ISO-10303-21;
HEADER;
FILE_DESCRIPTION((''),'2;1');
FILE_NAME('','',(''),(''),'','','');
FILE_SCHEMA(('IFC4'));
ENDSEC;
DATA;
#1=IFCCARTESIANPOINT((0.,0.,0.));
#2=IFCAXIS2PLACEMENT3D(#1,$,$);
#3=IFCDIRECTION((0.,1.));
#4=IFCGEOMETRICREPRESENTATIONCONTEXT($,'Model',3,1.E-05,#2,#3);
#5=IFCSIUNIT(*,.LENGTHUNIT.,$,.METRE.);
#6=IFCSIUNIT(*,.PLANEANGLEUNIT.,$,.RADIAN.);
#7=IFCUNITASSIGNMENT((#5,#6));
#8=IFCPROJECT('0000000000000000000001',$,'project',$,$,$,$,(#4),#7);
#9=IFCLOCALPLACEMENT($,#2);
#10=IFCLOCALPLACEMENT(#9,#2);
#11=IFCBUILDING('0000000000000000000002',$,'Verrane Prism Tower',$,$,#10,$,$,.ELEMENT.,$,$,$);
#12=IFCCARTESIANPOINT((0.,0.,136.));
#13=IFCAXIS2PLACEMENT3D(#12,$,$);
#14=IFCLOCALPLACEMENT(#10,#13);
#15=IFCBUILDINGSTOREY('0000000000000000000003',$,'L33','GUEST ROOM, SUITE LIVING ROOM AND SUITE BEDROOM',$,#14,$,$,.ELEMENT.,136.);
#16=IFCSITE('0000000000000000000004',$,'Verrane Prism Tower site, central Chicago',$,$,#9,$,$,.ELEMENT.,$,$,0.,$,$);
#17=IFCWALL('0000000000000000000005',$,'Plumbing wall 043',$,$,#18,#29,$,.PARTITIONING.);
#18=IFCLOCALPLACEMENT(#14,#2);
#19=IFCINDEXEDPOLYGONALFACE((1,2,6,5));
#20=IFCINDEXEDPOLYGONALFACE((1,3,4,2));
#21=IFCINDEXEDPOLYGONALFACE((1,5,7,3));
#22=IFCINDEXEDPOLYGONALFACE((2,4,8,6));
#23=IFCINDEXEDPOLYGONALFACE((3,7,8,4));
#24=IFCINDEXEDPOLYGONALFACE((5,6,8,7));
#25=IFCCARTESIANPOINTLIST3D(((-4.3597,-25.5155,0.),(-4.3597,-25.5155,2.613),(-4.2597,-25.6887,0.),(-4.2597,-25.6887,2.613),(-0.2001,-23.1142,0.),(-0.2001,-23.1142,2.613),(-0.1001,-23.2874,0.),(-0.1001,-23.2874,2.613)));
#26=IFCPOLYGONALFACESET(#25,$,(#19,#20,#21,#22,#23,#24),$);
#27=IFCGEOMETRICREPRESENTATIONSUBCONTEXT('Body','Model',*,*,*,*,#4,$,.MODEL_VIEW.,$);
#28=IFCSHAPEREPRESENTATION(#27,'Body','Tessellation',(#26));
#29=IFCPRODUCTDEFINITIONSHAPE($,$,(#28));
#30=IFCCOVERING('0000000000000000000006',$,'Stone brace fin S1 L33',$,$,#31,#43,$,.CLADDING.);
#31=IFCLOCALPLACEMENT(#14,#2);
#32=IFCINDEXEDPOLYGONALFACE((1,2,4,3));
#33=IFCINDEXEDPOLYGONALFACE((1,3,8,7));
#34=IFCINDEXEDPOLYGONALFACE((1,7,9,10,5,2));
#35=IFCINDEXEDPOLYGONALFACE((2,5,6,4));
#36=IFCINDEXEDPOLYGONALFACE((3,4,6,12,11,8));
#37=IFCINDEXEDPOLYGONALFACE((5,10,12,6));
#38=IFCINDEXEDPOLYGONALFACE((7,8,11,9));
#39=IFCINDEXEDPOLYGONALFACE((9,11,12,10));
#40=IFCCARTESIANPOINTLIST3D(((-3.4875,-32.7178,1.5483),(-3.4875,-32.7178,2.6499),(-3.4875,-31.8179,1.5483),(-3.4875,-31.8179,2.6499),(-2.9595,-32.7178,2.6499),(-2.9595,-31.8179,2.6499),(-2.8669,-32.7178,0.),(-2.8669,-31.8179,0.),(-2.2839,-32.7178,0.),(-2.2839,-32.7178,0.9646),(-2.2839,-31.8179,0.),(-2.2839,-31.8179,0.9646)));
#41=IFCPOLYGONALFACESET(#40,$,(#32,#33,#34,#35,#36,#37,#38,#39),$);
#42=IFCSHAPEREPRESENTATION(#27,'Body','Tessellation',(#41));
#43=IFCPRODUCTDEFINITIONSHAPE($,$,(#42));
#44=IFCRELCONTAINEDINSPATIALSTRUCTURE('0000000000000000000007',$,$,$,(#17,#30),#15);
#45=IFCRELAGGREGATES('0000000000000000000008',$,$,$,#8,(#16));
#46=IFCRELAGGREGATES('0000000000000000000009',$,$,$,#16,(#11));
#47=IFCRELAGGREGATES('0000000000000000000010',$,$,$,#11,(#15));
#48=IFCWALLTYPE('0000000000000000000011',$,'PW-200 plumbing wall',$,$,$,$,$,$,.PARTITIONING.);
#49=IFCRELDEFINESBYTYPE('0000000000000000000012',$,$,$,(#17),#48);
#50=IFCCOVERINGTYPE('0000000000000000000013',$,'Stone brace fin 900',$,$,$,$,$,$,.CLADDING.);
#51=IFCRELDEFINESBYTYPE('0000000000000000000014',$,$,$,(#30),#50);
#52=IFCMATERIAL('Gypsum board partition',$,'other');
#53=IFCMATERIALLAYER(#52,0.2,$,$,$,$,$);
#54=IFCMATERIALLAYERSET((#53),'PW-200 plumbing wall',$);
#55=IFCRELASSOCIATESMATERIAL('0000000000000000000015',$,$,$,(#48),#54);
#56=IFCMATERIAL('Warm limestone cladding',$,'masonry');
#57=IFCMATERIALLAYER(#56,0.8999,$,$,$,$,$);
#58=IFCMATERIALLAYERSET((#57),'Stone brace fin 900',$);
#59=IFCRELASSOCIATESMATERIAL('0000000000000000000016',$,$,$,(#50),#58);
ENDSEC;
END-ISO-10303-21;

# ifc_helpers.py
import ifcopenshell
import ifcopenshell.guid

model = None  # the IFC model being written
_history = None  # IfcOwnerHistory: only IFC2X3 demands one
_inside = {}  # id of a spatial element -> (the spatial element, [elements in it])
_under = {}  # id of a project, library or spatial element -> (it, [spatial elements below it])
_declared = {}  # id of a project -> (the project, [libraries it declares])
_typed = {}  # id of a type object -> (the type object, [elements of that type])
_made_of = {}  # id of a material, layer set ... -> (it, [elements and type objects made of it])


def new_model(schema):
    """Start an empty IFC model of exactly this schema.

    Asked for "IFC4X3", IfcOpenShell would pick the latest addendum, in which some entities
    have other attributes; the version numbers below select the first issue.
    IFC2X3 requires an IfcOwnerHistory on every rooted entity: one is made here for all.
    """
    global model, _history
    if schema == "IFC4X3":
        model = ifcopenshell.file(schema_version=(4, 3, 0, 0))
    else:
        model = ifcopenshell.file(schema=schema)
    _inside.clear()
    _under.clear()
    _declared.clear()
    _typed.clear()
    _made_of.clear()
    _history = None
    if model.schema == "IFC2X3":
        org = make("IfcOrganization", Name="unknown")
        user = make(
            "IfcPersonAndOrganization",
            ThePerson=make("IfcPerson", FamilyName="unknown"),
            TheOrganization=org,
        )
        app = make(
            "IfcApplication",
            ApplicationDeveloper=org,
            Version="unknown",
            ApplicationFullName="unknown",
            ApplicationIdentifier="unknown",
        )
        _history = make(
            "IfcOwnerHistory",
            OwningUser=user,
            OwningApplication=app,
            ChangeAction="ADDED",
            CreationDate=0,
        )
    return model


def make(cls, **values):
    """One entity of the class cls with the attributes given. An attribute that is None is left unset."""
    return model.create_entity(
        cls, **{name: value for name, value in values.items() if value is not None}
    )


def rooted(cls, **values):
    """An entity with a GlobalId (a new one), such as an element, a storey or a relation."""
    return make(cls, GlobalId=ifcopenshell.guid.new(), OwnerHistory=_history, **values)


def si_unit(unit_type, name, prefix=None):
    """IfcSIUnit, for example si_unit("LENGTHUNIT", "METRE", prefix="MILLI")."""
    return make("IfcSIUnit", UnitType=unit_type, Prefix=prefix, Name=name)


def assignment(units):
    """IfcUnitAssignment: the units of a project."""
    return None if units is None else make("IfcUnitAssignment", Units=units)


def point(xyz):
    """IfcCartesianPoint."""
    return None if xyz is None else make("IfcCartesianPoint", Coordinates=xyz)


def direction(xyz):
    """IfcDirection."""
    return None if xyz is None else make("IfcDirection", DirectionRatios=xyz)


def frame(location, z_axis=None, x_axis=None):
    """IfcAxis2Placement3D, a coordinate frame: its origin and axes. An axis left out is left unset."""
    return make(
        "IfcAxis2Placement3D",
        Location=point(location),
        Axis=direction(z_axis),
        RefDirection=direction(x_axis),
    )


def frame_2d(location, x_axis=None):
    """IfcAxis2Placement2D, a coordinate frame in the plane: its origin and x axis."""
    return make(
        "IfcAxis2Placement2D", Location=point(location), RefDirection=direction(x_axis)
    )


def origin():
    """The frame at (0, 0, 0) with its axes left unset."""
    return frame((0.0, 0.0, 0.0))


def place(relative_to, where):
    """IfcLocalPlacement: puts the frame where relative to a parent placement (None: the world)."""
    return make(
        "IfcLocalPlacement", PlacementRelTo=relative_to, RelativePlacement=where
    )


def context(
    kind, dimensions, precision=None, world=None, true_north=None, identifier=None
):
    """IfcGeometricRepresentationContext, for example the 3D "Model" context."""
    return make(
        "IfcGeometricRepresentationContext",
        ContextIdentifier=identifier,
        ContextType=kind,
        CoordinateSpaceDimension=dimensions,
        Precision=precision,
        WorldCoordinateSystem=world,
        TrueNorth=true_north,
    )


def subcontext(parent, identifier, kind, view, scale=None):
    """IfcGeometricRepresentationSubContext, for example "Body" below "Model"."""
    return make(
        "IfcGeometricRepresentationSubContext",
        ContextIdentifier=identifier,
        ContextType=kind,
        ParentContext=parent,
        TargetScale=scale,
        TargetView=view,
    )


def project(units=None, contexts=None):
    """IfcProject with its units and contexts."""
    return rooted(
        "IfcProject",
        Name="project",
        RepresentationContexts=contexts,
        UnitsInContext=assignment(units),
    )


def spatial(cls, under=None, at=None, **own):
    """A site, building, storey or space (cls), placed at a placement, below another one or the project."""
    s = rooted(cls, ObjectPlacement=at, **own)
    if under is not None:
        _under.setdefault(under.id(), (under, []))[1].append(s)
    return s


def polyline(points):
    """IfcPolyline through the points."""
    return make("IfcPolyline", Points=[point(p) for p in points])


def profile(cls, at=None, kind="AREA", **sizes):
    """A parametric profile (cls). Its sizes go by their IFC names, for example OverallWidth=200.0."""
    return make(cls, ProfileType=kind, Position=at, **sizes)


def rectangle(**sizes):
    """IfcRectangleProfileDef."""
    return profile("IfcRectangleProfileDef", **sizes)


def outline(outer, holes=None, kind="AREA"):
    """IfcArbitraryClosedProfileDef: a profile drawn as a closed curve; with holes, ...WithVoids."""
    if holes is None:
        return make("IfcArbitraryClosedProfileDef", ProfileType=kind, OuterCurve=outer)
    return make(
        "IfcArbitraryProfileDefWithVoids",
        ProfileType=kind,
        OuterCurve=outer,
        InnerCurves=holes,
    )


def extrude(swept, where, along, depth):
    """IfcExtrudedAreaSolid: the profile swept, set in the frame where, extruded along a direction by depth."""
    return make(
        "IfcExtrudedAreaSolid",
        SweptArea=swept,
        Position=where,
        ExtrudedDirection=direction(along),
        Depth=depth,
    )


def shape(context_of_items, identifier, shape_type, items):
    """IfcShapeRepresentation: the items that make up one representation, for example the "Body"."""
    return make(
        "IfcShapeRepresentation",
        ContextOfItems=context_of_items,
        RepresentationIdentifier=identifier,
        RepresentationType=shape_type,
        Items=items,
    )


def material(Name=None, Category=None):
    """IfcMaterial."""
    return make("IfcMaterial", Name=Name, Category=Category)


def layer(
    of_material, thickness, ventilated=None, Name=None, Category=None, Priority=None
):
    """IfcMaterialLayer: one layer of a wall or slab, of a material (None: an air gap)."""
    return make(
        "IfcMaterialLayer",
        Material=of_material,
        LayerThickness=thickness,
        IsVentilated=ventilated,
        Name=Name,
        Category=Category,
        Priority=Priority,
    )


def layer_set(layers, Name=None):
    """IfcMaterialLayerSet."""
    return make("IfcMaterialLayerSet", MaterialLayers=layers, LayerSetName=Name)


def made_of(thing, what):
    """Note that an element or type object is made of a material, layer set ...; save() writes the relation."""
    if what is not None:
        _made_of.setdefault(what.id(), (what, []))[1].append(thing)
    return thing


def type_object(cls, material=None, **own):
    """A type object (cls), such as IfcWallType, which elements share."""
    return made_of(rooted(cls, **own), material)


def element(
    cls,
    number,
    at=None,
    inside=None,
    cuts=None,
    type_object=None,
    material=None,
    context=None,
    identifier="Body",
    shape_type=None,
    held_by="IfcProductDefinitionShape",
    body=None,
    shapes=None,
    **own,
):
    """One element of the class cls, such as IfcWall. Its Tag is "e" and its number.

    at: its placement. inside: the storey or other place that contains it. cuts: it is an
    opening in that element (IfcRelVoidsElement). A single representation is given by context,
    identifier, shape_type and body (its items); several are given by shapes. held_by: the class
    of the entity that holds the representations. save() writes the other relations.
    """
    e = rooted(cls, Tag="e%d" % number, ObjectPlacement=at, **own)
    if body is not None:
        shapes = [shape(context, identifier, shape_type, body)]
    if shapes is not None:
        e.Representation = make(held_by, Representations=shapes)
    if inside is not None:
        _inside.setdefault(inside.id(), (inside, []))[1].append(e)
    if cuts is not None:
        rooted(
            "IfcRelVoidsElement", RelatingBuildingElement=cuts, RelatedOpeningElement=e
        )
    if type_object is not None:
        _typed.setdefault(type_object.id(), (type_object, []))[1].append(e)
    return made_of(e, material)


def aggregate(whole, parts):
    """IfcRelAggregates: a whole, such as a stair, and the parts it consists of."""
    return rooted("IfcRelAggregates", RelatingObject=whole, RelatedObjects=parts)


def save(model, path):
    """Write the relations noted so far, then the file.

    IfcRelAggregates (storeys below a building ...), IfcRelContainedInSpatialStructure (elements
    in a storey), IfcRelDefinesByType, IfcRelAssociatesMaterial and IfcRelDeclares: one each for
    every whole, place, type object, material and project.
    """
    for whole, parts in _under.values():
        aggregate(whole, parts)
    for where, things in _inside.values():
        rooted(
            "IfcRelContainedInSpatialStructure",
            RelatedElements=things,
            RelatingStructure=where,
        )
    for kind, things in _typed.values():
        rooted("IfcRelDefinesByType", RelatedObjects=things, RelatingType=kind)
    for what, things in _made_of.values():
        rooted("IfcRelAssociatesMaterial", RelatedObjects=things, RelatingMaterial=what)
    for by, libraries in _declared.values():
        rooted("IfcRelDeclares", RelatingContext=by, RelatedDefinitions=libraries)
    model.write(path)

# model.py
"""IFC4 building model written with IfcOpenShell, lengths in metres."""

from ifc_helpers import new_model, si_unit, direction, frame, frame_2d, origin, place, context, subcontext, project, spatial, polyline, rectangle, outline, extrude, material, layer, layer_set, type_object, element, save


model = new_model("IFC4")

# Units and contexts
model_context = context("Model", 3, precision=1e-05, world=origin(), true_north=direction((0.0, 1.0)))
body_context = subcontext(model_context, "Body", "Model", "MODEL_VIEW")
ifc_project = project(units=[si_unit("LENGTHUNIT", "METRE"), si_unit("PLANEANGLEUNIT", "RADIAN")], contexts=[model_context])

# Site, building, storey
site_placement = place(None, origin())
site = spatial("IfcSite", under=ifc_project, at=site_placement, Name="Verrane Prism Tower site, central Chicago", CompositionType="ELEMENT", RefElevation=0.0)
building_placement = place(site_placement, origin())
building = spatial("IfcBuilding", under=site, at=building_placement, Name="Verrane Prism Tower", CompositionType="ELEMENT")
storey_placement = place(building_placement, frame((0.0, 0.0, 136.0)))
storey = spatial("IfcBuildingStorey", under=building, at=storey_placement, Name="L33", Description="GUEST ROOM, SUITE LIVING ROOM AND SUITE BEDROOM", CompositionType="ELEMENT", Elevation=136.0)

# Shared definitions
ifc_material_1 = material(Name="Gypsum board partition", Category="other")
ifc_layer_1 = layer(ifc_material_1, 0.2)
ifc_layer_set_1 = layer_set([ifc_layer_1], Name="PW-200 plumbing wall")
wall_type_1 = type_object("IfcWallType", Name="PW-200 plumbing wall", PredefinedType="PARTITIONING", material=ifc_layer_set_1)

# Wall
wall_1_placement = place(storey_placement, frame((-4.3096, -25.6021, 0.0), z_axis=(0.0, 0.0, 1.0), x_axis=(0.866045, 0.499966, 0.0)))
element("IfcWall", 1, at=wall_1_placement, inside=storey, type_object=wall_type_1, Name="Plumbing wall 043", PredefinedType="PARTITIONING", context=body_context, shape_type="SweptSolid", body=[
    extrude(rectangle(XDim=4.803, YDim=0.2, at=frame_2d((2.4014, 0.0))), origin(), (0.0, 0.0, 1.0), 2.613),
])

# Covering
ifc_material_2 = material(Name="Warm limestone cladding", Category="masonry")
ifc_layer_2 = layer(ifc_material_2, 0.8999)
ifc_layer_set_2 = layer_set([ifc_layer_2], Name="Stone brace fin 900")
covering_type = type_object("IfcCoveringType", Name="Stone brace fin 900", PredefinedType="CLADDING", material=ifc_layer_set_2)
covering_placement = place(storey_placement, frame((-2.2839, -32.2678, 0.0), z_axis=(0.0, 0.0, 1.0), x_axis=(-1.0, 0.0, 0.0)))
element("IfcCovering", 2, at=covering_placement, inside=storey, type_object=covering_type, Name="Stone brace fin S1 L33", PredefinedType="CLADDING", context=body_context, shape_type="SweptSolid", body=[
    extrude(outline(polyline([(1.2036, 2.6499), (0.6755, 2.6499), (0.0, 0.9646), (0.0, 0.0), (0.583, 0.0), (1.2036, 1.5483), (1.2036, 2.6499)])), frame((0.0, 0.45, 0.0), z_axis=(0.0, -1.0, 0.0), x_axis=(1.0, 0.0, 0.0)), (0.0, 0.0, 1.0), 0.8999),
])

save(model, "model.ifc")
